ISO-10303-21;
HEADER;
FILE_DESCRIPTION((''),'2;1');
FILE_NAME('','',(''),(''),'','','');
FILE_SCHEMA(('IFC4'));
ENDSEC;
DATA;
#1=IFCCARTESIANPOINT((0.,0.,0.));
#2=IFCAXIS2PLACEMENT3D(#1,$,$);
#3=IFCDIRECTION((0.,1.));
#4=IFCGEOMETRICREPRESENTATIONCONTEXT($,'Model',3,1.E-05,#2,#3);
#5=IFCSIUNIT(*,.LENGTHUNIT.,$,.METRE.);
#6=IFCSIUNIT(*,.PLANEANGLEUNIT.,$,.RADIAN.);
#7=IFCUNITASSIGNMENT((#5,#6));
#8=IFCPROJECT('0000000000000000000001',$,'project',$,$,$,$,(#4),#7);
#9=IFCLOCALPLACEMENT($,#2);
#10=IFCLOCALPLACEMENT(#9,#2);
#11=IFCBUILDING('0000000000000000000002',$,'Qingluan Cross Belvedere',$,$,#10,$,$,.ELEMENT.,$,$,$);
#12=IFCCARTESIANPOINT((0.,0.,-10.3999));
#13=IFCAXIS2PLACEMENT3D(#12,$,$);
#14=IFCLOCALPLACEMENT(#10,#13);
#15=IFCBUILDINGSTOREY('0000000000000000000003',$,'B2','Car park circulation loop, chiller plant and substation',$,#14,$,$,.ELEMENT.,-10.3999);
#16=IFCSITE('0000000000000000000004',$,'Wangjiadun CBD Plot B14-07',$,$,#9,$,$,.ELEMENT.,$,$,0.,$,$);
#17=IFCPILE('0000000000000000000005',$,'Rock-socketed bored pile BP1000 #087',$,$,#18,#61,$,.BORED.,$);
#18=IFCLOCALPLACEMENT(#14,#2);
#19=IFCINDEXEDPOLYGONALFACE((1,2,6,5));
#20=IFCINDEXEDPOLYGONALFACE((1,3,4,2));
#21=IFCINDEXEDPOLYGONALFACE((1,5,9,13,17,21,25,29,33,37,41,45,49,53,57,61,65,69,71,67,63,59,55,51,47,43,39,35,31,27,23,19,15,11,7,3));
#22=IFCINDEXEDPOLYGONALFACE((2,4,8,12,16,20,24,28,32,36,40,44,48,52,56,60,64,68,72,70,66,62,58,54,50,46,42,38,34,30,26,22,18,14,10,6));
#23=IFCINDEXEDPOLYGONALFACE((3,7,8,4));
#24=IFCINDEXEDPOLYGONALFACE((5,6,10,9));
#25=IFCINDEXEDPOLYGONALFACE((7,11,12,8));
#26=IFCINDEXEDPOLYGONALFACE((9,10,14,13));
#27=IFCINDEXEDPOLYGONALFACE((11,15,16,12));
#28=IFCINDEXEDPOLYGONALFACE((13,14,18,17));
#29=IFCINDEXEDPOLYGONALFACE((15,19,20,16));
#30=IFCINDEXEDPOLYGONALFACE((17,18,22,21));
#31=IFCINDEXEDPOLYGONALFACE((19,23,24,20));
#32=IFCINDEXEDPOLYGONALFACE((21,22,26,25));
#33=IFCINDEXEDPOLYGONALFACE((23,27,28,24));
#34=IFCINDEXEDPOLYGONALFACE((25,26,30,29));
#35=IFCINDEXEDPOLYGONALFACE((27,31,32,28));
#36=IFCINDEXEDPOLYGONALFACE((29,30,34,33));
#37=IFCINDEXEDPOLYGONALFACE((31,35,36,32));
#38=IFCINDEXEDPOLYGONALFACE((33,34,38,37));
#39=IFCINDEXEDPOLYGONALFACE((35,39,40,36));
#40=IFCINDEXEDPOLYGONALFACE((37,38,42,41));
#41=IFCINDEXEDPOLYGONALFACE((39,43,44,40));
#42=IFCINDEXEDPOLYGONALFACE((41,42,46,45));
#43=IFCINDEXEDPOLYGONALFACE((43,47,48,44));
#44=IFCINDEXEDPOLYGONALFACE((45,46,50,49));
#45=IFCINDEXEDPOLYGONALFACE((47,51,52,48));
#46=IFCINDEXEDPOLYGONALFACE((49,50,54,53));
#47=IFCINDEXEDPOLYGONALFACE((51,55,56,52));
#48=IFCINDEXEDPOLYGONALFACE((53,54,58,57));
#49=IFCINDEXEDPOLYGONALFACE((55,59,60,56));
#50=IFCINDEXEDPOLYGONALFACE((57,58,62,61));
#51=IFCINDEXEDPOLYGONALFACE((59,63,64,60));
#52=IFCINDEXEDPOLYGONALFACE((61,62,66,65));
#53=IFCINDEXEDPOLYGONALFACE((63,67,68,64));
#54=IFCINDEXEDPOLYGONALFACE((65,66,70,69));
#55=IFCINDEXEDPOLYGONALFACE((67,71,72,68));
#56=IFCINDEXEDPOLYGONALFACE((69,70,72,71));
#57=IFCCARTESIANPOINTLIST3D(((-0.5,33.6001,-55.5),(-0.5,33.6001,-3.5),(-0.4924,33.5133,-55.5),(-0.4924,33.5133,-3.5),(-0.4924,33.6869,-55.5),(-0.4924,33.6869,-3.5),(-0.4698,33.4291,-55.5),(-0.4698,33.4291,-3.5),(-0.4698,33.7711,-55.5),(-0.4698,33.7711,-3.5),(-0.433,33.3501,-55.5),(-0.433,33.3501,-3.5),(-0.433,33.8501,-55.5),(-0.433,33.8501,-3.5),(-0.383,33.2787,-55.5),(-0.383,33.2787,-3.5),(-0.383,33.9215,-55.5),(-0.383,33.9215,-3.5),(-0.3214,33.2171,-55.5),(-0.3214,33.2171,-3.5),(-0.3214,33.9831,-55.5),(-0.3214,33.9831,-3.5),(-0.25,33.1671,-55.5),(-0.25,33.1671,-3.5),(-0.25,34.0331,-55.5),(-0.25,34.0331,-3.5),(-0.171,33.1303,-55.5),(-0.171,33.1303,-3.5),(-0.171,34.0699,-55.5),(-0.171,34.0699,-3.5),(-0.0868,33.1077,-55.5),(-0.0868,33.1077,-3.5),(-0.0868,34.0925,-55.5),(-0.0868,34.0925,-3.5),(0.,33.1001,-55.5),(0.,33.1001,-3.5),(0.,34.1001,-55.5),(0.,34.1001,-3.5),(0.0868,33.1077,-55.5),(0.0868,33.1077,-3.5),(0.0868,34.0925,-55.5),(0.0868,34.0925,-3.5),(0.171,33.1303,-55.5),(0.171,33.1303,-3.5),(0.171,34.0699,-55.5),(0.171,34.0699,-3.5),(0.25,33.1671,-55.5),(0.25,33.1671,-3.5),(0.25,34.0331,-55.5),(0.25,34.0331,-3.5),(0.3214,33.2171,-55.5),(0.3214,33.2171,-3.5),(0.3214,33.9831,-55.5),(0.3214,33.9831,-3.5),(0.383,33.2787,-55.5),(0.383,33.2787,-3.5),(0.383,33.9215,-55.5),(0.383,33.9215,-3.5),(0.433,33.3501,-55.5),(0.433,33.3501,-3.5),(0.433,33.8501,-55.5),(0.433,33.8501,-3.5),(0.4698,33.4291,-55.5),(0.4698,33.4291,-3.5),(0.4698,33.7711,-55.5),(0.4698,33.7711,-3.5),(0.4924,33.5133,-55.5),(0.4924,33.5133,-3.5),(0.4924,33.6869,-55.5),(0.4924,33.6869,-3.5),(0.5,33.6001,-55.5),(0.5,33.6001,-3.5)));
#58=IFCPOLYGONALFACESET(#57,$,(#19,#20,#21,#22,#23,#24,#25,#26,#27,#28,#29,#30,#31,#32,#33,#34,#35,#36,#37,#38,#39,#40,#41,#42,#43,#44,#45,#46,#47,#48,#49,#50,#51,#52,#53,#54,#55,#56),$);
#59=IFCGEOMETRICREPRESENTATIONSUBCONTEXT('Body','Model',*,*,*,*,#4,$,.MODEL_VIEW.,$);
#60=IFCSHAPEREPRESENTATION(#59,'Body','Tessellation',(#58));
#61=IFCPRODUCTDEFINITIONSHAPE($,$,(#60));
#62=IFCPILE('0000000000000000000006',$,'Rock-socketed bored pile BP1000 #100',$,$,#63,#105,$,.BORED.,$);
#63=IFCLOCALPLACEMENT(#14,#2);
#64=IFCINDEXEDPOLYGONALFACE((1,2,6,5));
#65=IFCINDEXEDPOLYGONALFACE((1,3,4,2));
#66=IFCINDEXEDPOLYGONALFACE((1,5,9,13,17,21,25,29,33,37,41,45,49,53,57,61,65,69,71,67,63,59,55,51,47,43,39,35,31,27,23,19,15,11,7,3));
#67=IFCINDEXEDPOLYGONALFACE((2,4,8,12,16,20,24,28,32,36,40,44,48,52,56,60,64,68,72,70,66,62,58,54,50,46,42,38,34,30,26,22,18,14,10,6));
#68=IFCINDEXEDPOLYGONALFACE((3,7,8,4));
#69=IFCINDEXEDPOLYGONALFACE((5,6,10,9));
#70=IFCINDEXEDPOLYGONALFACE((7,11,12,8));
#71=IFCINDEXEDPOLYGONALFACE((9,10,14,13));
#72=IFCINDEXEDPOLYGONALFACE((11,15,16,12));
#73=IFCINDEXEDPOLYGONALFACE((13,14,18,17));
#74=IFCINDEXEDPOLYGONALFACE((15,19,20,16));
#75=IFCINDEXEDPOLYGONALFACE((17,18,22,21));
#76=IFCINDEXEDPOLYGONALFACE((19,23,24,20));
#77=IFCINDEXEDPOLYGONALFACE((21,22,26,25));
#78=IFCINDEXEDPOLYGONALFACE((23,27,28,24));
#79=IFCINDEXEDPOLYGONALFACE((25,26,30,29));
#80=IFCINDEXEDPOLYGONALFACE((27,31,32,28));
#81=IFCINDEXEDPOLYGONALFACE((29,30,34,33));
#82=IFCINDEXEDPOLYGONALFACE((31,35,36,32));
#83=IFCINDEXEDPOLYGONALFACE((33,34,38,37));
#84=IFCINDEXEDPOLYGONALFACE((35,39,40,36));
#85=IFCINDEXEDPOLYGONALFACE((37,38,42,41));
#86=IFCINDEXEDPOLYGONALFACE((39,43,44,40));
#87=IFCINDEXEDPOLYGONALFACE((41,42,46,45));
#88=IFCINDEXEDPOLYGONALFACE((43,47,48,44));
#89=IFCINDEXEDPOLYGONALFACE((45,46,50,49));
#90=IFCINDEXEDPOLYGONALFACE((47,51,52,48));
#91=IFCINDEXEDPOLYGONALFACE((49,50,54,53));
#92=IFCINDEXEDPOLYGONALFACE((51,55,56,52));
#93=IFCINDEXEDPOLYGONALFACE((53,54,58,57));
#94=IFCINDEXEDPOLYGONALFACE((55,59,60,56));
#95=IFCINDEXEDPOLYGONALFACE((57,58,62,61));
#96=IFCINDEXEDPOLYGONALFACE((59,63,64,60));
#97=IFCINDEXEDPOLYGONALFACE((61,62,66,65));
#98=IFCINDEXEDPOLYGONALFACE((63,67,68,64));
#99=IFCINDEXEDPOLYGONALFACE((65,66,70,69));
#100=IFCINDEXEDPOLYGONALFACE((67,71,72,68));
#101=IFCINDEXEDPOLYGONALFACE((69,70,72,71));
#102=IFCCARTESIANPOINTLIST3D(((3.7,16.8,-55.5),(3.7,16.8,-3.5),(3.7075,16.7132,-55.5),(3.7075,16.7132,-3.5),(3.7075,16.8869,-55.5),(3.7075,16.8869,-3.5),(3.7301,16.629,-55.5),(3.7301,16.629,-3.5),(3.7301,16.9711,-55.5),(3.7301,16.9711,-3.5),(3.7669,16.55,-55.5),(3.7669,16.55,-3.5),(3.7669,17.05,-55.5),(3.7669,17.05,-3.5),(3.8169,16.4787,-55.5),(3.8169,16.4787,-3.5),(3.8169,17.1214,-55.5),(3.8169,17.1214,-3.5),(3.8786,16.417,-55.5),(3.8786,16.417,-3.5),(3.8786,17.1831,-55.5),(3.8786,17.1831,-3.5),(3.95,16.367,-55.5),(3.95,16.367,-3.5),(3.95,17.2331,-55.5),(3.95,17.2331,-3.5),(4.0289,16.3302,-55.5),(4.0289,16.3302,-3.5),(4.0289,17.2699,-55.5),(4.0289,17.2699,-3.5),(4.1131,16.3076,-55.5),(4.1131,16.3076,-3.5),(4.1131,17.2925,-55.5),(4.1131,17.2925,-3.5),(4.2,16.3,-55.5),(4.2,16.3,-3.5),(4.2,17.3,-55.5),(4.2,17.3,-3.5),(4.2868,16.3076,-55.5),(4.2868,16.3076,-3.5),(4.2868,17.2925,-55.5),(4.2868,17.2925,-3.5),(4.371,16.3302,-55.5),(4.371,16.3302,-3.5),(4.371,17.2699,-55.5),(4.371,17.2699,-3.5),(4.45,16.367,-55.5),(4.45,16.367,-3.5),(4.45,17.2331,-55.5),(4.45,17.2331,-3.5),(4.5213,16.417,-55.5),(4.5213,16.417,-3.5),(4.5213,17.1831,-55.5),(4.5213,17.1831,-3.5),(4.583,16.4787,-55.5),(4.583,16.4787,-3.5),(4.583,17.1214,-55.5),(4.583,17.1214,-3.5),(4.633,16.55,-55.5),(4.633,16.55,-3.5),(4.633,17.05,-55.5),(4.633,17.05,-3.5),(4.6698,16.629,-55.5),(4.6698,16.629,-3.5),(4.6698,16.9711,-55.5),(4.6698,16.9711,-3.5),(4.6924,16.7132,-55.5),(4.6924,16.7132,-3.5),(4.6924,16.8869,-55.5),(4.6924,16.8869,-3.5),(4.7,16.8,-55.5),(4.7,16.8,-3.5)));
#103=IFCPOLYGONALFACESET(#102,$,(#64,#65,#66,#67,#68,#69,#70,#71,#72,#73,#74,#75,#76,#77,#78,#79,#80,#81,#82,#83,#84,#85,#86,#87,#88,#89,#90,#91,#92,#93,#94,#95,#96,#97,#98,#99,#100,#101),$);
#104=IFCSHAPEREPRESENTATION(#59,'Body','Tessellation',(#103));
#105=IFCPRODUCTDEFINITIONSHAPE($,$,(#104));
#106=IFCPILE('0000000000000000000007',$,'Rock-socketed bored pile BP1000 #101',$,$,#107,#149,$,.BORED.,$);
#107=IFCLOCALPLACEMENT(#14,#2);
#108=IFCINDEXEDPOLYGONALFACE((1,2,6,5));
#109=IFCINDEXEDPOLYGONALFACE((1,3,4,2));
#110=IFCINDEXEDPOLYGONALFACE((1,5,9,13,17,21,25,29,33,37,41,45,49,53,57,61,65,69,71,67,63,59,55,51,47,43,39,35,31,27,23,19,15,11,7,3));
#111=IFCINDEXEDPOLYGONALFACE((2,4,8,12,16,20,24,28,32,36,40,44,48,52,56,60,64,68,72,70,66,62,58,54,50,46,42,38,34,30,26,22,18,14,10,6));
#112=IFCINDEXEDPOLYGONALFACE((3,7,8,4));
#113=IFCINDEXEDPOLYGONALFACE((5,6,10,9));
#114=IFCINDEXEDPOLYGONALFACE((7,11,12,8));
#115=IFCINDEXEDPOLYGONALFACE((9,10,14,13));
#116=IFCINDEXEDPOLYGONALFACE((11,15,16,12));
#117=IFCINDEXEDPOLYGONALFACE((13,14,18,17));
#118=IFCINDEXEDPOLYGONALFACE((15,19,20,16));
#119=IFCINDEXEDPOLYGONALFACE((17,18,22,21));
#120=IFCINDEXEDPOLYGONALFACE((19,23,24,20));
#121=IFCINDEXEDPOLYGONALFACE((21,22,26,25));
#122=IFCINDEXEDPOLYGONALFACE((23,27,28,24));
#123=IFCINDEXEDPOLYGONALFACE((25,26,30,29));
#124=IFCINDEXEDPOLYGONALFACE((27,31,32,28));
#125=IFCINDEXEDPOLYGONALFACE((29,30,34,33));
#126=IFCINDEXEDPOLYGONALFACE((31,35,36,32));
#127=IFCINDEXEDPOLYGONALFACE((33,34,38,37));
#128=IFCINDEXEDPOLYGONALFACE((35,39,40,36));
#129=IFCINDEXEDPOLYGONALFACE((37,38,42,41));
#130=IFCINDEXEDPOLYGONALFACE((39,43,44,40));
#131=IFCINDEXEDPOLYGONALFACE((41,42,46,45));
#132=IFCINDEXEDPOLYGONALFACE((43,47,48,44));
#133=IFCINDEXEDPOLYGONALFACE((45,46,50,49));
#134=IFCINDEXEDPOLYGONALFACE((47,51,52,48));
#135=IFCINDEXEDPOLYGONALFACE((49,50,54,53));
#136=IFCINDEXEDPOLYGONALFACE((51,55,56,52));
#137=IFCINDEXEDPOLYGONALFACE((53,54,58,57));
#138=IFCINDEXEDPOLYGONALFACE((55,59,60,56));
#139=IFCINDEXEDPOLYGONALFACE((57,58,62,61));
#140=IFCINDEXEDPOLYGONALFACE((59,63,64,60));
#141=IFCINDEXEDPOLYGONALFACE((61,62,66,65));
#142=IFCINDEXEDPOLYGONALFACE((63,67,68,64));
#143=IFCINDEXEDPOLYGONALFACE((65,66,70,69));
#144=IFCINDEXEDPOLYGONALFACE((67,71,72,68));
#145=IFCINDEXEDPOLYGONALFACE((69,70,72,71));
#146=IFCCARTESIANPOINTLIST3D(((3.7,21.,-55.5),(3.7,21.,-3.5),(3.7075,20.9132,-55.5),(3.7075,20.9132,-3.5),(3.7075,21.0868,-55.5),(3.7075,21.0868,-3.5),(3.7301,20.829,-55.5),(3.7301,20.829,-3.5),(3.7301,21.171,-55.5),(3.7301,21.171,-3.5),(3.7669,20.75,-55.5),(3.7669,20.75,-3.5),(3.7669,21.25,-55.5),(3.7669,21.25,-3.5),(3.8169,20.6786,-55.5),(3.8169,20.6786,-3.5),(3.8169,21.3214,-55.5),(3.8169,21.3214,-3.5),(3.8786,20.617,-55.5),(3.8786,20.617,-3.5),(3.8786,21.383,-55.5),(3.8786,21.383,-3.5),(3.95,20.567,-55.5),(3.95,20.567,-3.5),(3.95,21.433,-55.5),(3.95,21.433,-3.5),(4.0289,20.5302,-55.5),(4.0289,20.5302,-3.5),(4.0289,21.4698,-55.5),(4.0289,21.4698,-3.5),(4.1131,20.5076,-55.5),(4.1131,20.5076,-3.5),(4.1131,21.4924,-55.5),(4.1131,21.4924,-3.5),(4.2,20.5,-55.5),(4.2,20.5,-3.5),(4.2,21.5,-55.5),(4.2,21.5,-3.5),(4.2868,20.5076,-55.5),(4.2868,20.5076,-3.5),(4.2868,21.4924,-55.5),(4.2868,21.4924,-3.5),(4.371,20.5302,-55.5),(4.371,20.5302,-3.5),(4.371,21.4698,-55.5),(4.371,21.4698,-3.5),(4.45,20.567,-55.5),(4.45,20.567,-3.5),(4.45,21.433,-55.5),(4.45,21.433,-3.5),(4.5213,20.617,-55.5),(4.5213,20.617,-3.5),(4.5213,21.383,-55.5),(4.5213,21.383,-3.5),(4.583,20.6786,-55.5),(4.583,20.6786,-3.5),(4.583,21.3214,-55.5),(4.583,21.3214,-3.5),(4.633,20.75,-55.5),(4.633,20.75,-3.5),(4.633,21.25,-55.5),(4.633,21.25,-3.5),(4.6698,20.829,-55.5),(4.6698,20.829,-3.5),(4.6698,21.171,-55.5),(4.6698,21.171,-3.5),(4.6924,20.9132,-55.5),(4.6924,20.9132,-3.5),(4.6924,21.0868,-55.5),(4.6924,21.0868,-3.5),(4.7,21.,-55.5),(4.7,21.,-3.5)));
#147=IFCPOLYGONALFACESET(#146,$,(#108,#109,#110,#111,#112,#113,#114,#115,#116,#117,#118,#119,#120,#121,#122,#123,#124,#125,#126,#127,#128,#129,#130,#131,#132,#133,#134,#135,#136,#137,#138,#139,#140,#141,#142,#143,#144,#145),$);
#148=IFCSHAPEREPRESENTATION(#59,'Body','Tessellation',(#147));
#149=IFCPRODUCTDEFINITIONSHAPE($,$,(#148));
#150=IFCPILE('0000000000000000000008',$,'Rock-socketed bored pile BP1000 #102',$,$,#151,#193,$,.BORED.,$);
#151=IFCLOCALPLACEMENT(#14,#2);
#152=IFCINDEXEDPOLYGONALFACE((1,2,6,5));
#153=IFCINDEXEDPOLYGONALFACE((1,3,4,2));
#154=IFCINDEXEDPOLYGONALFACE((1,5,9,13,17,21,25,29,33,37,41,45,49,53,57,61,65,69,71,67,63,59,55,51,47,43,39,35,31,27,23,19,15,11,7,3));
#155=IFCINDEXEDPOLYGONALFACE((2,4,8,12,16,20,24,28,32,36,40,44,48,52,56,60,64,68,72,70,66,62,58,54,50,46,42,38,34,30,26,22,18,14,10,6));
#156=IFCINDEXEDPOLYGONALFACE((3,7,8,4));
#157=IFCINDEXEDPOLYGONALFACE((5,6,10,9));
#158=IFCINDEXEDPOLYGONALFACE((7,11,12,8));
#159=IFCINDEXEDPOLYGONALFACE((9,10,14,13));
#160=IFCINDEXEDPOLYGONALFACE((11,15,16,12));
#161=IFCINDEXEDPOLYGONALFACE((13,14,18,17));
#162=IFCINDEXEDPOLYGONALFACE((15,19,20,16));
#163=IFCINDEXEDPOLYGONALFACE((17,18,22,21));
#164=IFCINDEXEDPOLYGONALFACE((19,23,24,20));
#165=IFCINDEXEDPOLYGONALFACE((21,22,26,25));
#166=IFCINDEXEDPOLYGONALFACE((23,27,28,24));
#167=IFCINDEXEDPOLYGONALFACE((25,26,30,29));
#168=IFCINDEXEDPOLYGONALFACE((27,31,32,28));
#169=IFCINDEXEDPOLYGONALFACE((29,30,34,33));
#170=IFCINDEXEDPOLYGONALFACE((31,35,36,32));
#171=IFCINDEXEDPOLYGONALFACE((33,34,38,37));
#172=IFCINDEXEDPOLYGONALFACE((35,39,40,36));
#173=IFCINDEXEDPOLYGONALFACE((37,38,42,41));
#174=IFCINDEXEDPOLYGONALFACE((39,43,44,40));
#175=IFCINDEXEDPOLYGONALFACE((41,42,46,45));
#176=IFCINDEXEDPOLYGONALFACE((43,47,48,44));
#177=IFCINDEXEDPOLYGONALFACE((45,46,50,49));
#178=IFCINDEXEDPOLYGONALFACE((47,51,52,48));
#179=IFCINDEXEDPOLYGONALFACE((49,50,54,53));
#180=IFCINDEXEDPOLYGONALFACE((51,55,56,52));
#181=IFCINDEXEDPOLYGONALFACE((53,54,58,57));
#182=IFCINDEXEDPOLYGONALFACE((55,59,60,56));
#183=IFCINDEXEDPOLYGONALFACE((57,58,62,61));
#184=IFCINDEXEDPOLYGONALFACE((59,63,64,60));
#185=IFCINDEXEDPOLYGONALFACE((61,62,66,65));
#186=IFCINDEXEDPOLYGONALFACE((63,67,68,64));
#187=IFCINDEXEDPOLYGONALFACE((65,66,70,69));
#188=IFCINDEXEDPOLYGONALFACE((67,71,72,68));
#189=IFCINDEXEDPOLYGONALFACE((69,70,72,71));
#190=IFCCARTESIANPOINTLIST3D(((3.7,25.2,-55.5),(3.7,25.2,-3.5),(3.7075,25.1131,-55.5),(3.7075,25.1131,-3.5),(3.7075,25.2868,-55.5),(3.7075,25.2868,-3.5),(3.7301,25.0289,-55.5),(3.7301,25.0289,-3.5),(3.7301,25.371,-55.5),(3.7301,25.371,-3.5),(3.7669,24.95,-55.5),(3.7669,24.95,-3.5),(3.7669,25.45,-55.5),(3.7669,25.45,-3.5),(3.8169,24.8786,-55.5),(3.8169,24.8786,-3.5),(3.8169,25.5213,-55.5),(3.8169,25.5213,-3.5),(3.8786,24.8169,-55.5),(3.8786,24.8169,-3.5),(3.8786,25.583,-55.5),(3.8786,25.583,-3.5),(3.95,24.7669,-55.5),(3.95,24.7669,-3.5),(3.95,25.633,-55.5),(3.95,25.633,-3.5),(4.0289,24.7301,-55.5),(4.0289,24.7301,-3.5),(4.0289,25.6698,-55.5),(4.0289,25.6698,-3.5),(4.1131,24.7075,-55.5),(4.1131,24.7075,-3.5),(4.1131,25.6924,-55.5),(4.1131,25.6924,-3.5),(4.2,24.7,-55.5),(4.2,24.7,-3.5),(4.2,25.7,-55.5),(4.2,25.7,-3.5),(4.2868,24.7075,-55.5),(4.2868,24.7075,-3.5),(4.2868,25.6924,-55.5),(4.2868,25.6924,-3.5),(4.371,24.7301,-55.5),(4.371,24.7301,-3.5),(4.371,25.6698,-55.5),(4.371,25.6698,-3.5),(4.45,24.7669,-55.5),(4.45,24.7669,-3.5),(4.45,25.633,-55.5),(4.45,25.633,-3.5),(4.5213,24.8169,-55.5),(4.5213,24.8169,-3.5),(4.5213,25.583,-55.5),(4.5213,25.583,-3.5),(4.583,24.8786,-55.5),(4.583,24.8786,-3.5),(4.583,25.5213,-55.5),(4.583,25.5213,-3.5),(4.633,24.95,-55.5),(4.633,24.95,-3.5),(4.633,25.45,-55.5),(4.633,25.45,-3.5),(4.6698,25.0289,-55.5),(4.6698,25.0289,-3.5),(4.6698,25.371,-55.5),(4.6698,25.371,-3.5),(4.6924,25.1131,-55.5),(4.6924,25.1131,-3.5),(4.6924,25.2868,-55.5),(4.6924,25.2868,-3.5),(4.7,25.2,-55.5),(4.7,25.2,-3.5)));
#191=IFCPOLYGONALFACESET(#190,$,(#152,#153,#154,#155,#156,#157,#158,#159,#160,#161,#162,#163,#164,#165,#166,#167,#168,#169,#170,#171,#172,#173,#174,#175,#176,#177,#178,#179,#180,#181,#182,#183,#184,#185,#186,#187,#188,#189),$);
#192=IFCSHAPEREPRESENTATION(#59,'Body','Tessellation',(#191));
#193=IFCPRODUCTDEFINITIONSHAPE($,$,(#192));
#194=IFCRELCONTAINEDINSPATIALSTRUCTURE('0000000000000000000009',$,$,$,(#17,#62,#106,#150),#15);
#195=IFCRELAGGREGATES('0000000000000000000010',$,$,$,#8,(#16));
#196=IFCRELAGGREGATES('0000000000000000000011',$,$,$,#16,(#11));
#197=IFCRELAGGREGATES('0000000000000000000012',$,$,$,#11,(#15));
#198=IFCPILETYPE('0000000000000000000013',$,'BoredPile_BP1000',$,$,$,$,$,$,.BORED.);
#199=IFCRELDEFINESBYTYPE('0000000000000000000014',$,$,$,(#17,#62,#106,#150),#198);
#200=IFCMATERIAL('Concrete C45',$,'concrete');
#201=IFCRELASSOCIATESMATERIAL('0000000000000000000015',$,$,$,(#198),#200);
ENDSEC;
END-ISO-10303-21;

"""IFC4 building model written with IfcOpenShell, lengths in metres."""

from ifc_helpers import new_model, si_unit, direction, frame, origin, origin_2d, place, context, subcontext, project, spatial, circle, extrude, material, material_profile, profile_set, type_object, element, save


model = new_model("IFC4")

# Units and contexts
model_context = context("Model", 3, precision=1e-05, world=origin(), true_north=direction((0.0, 1.0)))
body_context = subcontext(model_context, "Body", "Model", "MODEL_VIEW")
ifc_project = project(units=[si_unit("LENGTHUNIT", "METRE"), si_unit("PLANEANGLEUNIT", "RADIAN")], contexts=[model_context])

# Site, building, storey
site_placement = place(None, origin())
site = spatial("IfcSite", under=ifc_project, at=site_placement, Name="Wangjiadun CBD Plot B14-07", CompositionType="ELEMENT", RefElevation=0.0)
building_placement = place(site_placement, origin())
building = spatial("IfcBuilding", under=site, at=building_placement, Name="Qingluan Cross Belvedere", CompositionType="ELEMENT")
storey_placement = place(building_placement, frame((0.0, 0.0, -10.3999)))
storey = spatial("IfcBuildingStorey", under=building, at=storey_placement, Name="B2", Description="Car park circulation loop, chiller plant and substation", CompositionType="ELEMENT", Elevation=-10.3999)

# Piles
ifc_material_1 = material(Name="Concrete C45", Category="concrete")
ifc_material_profile_1 = material_profile(ifc_material_1, circle(Radius=0.5, at=origin_2d()), Name="BP1000")
ifc_profile_set_1 = profile_set([ifc_material_profile_1], Name="Concrete C45")
pile_type_1 = type_object("IfcPileType", Name="BoredPile_BP1000", PredefinedType="BORED", material=ifc_profile_set_1)
for number, where, z_axis, x_axis, name in (
    (1, (0.0, 33.6001, -3.5), (0.0, 0.0, -1.0), (1.0, 0.0, 0.0), "Rock-socketed bored pile BP1000 #087"),
    (2, (4.2, 16.8, -3.5), (0.0, 0.0, -1.0), (1.0, 0.0, 0.0), "Rock-socketed bored pile BP1000 #100"),
    (3, (4.2, 21.0, -3.5), (0.0, 0.0, -1.0), (1.0, 0.0, 0.0), "Rock-socketed bored pile BP1000 #101"),
    (4, (4.2, 25.2, -3.5), (0.0, 0.0, -1.0), (1.0, 0.0, 0.0), "Rock-socketed bored pile BP1000 #102"),
):
    element("IfcPile", number, at=place(storey_placement, frame(where, z_axis=z_axis, x_axis=x_axis)), inside=storey, type_object=pile_type_1, Name=name, PredefinedType="BORED", context=body_context, shape_type="SweptSolid", body=[
        extrude(circle(Radius=0.5, at=origin_2d()), origin(), (0.0, 0.0, 1.0), 52.0),
    ])

save(model, "model.ifc")
